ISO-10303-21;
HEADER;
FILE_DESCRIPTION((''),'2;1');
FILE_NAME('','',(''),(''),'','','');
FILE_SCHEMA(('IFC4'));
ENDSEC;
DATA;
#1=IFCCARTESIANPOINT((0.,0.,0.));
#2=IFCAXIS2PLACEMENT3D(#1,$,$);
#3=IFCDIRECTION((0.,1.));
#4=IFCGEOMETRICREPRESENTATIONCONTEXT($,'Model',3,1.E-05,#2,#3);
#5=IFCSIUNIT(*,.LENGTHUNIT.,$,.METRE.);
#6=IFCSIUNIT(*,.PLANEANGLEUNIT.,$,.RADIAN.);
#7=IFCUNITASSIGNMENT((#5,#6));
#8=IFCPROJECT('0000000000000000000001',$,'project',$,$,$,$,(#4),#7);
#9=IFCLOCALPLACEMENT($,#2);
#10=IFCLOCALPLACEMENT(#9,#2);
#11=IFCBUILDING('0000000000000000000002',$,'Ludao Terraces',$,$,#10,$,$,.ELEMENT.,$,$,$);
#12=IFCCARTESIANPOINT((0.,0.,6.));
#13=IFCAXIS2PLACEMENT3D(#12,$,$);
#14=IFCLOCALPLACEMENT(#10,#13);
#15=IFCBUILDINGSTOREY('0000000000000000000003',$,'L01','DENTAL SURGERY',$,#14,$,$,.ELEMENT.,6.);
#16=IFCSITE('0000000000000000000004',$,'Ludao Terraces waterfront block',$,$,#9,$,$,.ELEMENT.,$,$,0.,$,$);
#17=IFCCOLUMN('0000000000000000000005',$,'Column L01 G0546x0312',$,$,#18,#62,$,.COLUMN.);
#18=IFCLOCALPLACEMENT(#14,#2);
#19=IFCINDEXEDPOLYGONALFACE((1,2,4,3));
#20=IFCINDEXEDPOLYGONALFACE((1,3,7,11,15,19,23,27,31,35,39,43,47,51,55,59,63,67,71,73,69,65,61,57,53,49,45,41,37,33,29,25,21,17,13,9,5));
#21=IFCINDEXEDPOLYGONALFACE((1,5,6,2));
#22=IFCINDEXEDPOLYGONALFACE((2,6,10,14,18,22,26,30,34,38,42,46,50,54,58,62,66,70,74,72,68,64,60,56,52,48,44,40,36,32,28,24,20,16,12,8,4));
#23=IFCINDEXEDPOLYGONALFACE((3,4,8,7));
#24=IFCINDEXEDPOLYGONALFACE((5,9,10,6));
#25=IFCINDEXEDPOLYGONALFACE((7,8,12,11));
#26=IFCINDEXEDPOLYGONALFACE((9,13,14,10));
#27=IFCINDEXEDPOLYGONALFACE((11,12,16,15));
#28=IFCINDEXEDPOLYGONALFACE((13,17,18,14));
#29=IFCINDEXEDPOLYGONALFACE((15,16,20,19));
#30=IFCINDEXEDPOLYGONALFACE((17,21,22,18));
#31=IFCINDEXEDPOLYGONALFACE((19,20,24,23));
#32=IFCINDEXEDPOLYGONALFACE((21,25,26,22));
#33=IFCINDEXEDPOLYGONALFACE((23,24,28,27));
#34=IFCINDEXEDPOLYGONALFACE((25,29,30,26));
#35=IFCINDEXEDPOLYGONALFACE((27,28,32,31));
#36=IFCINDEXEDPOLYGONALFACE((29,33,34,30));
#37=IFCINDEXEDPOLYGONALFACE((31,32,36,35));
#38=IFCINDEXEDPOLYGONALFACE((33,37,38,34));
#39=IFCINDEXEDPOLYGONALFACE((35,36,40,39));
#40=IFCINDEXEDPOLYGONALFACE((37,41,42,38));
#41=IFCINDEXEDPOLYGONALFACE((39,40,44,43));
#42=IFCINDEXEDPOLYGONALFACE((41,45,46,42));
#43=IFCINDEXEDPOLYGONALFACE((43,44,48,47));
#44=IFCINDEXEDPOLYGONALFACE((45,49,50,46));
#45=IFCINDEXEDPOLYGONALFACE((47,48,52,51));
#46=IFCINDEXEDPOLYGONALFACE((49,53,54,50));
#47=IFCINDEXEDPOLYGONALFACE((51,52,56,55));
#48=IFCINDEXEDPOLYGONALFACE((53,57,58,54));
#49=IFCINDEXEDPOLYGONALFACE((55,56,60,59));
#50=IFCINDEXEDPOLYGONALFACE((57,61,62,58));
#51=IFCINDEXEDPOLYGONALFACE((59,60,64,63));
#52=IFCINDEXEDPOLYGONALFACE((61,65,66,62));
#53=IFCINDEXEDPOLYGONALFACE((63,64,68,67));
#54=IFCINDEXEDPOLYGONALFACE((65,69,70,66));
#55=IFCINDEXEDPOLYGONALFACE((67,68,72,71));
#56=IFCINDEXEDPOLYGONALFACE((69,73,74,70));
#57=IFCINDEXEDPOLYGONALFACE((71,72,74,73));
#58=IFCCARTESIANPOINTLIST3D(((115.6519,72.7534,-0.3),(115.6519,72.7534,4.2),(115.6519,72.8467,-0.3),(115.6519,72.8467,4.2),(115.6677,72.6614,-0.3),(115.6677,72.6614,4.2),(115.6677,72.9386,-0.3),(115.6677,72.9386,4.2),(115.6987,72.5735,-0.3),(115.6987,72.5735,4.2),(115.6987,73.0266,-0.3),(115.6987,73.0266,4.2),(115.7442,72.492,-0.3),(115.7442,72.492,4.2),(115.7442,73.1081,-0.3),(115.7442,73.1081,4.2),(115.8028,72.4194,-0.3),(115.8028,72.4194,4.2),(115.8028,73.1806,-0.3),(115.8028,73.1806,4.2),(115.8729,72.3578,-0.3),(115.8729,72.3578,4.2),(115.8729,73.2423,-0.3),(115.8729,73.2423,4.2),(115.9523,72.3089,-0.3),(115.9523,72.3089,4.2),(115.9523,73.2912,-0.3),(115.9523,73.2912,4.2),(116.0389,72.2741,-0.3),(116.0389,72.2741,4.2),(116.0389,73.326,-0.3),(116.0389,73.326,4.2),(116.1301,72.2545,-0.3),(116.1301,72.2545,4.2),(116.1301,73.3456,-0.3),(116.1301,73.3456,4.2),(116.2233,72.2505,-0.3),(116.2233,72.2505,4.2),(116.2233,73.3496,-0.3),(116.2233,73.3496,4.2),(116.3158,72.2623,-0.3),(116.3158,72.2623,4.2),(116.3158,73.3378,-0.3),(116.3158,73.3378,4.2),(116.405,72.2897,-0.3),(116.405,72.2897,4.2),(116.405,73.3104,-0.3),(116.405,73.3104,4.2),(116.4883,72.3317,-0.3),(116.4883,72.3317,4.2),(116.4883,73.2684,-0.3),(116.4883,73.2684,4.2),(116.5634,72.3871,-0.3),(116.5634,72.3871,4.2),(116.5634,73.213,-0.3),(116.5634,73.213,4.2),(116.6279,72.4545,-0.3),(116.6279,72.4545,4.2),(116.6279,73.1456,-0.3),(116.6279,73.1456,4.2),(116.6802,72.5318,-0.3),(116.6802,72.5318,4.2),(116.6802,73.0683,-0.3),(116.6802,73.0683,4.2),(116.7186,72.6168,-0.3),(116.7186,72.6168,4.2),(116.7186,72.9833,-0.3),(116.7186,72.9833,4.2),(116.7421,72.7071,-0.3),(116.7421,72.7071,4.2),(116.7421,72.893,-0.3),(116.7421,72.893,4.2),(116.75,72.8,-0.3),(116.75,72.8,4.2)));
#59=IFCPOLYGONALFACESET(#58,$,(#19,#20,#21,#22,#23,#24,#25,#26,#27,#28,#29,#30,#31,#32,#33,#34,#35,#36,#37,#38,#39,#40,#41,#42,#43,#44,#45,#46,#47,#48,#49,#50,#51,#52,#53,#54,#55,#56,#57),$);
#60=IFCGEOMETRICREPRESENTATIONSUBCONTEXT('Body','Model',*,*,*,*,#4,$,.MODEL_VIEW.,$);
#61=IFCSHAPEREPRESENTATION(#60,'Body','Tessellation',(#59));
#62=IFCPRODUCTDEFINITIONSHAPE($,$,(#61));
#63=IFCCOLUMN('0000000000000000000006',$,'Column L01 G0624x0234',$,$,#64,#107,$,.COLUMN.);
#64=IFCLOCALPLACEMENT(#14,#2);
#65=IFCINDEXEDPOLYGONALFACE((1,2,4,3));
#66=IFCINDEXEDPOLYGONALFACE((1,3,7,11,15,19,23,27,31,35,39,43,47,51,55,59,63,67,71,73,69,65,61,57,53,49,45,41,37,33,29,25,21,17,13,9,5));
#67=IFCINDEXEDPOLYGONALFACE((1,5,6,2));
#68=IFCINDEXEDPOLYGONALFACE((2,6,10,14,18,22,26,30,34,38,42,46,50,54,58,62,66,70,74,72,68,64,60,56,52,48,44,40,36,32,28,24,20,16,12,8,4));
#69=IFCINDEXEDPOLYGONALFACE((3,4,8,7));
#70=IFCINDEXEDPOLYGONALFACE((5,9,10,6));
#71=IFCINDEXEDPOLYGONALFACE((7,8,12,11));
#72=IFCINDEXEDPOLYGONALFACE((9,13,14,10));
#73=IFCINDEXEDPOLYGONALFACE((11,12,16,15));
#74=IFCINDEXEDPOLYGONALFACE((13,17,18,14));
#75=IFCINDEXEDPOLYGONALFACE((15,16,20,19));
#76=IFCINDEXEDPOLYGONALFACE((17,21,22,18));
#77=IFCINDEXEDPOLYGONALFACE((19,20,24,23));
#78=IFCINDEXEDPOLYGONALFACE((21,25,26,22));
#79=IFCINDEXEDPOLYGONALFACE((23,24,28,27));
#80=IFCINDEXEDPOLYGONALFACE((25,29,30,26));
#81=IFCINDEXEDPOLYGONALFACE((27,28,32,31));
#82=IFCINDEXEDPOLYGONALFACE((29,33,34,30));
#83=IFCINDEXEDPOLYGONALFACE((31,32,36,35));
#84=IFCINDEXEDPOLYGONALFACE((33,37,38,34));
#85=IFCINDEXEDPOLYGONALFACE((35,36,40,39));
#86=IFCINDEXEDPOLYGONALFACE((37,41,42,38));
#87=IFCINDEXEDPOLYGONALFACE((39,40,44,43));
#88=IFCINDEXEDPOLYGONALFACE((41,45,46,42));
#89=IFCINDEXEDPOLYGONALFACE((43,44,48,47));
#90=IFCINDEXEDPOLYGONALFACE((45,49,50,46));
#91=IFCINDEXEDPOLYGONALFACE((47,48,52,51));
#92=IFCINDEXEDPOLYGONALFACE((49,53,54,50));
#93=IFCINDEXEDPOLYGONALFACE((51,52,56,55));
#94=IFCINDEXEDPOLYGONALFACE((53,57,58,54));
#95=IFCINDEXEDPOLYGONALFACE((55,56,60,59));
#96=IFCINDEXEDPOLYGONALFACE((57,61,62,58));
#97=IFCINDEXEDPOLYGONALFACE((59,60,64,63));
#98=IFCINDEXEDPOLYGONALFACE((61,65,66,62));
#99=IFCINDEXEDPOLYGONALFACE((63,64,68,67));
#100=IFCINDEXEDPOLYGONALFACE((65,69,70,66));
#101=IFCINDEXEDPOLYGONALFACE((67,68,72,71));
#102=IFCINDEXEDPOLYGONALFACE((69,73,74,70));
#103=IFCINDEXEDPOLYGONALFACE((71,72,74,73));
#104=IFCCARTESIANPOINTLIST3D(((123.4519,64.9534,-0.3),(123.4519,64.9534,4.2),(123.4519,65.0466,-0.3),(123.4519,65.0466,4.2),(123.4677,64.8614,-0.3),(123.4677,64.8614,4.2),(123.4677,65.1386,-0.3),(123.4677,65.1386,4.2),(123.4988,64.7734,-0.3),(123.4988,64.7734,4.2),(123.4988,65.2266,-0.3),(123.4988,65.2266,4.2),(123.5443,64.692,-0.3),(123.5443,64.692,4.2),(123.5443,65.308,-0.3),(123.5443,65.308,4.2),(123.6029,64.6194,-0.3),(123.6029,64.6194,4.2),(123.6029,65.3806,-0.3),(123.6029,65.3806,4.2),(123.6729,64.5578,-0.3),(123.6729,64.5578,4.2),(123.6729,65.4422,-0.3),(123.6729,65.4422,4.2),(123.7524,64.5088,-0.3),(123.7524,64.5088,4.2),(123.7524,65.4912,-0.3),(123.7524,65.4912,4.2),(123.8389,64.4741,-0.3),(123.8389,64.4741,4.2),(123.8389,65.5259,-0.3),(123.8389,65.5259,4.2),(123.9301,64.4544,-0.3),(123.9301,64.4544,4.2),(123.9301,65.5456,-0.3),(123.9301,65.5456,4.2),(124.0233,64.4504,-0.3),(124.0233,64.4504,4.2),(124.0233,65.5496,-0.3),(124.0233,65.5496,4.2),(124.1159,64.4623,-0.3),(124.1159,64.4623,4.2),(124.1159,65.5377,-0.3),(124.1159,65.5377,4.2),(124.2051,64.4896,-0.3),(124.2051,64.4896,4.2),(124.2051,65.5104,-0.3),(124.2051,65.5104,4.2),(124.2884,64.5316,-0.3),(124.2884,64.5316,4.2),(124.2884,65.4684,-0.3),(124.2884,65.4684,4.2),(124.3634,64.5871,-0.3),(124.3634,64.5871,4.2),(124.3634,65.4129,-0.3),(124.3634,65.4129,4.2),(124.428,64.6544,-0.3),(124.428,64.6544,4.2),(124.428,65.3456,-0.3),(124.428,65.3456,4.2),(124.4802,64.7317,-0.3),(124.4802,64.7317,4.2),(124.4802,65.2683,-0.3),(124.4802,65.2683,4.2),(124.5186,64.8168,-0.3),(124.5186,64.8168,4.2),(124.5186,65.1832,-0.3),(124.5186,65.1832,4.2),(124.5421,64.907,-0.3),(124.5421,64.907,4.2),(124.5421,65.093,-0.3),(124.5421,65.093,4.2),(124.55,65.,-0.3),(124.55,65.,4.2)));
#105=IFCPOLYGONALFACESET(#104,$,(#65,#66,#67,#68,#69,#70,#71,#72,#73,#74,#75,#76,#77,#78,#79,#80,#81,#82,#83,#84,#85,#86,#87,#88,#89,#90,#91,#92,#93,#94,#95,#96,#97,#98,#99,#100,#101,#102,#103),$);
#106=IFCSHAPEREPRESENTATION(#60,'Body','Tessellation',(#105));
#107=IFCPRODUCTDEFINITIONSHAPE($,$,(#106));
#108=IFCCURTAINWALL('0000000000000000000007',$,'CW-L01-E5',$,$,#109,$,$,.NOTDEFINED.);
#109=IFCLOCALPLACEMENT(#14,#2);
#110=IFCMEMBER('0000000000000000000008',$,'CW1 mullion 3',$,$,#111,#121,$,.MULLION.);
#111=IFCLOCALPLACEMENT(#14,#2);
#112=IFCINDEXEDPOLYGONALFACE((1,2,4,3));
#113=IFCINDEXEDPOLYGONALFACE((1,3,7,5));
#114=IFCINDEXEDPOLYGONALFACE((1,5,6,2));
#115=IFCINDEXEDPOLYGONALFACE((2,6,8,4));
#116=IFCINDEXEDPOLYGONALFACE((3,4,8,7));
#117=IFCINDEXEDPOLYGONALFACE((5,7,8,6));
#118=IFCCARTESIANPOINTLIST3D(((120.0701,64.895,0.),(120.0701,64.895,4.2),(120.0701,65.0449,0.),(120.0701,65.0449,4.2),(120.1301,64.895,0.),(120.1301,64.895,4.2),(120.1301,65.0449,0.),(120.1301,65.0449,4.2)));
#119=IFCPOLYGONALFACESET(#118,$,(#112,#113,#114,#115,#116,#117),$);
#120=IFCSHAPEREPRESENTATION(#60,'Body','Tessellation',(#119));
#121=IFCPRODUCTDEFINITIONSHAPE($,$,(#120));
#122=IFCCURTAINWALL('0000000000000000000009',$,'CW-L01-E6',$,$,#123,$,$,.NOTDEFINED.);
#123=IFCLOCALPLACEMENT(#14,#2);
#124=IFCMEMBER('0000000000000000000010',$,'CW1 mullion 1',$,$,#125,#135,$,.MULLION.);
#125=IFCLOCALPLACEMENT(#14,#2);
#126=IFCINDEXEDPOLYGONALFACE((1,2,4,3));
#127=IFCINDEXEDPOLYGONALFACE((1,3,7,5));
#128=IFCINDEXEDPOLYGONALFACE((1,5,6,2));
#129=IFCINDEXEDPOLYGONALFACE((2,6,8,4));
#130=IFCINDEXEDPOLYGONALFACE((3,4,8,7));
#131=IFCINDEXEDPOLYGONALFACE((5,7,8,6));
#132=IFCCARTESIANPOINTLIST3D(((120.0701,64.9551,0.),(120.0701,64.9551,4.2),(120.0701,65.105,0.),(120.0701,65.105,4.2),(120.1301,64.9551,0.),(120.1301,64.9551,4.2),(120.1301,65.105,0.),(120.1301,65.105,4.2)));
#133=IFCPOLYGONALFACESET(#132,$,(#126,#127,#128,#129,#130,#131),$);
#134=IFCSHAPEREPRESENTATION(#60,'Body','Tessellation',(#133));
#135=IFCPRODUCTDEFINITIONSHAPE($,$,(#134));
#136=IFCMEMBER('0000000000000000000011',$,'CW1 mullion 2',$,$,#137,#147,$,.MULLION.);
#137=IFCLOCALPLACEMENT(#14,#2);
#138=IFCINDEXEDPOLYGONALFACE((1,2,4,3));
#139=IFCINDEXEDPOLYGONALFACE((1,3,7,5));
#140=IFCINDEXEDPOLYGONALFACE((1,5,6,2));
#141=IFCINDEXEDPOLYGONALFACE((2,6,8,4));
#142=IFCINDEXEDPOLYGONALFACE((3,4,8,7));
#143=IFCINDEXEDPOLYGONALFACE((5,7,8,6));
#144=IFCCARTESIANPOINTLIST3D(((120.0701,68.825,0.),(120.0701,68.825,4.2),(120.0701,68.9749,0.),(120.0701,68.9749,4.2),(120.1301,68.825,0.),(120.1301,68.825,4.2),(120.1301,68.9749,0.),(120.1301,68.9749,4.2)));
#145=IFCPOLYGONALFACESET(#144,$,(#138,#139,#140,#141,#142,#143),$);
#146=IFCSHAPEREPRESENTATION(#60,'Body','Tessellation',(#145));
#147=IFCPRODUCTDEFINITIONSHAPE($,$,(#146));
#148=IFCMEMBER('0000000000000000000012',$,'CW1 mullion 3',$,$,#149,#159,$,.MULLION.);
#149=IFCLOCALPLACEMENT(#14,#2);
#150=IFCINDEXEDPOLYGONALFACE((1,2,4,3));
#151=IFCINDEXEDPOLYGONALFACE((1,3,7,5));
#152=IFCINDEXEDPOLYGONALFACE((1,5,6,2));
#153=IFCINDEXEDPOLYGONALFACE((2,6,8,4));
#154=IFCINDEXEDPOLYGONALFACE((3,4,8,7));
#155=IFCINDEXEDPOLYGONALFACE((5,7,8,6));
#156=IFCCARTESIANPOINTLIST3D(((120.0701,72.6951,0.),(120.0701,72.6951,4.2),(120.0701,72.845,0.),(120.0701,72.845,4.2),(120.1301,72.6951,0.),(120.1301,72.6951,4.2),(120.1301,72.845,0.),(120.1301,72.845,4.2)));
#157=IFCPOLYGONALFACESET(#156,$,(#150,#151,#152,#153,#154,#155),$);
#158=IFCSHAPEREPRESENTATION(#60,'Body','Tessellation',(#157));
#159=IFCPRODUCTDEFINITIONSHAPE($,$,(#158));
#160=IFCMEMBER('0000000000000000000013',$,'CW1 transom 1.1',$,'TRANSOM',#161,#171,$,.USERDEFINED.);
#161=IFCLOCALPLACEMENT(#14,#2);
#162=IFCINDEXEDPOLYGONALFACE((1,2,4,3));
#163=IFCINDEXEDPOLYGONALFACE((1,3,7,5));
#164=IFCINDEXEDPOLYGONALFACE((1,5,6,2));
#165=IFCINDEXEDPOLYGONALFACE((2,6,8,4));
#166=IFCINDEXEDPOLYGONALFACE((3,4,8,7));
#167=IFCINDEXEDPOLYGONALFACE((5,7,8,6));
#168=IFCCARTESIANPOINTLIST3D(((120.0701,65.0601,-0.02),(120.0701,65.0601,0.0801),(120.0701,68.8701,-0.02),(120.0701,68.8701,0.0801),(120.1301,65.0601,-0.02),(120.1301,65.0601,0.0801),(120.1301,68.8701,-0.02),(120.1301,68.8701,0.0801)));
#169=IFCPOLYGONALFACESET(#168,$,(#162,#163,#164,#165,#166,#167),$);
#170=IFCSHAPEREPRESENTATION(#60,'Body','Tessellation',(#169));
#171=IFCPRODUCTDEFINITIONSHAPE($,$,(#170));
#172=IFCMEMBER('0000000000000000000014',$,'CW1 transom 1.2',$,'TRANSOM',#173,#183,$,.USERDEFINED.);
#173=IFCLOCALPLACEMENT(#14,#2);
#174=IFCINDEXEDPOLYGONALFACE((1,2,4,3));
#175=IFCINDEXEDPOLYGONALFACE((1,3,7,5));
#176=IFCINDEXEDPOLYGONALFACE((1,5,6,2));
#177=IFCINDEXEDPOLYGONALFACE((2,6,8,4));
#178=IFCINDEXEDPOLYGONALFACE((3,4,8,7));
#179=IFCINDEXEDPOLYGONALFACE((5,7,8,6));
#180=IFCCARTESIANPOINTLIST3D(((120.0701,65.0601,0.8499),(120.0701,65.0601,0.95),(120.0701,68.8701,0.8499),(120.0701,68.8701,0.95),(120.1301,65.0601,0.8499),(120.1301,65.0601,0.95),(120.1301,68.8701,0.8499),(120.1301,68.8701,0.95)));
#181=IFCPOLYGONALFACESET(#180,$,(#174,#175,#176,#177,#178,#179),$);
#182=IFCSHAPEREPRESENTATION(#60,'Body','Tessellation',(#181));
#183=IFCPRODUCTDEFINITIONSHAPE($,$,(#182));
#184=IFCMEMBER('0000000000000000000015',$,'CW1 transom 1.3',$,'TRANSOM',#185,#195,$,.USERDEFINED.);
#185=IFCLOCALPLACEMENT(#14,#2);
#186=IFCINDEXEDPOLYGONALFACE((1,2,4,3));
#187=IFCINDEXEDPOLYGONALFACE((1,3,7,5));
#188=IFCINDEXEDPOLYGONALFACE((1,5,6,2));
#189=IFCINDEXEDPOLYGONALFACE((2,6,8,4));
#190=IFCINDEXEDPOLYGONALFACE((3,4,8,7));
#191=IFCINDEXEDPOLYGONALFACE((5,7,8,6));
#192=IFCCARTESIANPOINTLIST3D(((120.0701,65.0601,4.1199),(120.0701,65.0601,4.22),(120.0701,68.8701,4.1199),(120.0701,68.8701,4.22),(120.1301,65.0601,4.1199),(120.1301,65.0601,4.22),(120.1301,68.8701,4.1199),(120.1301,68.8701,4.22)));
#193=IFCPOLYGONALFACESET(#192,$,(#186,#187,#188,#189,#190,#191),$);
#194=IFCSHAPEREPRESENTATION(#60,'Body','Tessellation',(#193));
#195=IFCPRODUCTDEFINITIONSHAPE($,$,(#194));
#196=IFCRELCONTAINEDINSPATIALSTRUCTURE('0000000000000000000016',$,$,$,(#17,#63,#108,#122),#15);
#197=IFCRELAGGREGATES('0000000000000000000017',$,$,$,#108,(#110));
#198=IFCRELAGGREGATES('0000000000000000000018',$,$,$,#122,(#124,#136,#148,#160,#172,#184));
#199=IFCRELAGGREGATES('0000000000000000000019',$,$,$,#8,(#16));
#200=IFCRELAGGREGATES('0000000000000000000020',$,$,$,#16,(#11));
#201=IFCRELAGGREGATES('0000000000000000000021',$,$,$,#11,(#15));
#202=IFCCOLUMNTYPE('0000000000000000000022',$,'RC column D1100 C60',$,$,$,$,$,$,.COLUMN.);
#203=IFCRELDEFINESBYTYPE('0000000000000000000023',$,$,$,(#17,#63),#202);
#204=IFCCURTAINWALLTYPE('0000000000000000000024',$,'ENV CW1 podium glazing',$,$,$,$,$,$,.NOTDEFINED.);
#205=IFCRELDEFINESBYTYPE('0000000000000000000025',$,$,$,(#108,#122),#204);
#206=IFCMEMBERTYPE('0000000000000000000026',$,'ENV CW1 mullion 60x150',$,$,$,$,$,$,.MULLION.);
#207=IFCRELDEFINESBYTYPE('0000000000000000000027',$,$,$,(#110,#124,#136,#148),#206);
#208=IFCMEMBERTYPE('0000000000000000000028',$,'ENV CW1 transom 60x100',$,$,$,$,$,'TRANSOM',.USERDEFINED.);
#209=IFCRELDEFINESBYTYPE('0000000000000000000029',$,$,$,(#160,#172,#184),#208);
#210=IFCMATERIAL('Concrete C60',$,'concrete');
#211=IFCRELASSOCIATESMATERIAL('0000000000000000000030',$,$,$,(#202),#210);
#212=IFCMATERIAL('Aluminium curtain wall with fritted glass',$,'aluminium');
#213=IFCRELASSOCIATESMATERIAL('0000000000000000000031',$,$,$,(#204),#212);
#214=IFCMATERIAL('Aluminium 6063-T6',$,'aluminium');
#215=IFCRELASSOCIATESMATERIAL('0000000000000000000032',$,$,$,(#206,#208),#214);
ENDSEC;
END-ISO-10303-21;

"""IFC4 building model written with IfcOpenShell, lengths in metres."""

from ifc_helpers import new_model, si_unit, direction, frame, origin, origin_2d, place, context, subcontext, project, spatial, rectangle, circle, extrude, material, material_profile, profile_set, type_object, element, aggregate, save


model = new_model("IFC4")

# Units and contexts
model_context = context("Model", 3, precision=1e-05, world=origin(), true_north=direction((0.0, 1.0)))
body_context = subcontext(model_context, "Body", "Model", "MODEL_VIEW")
ifc_project = project(units=[si_unit("LENGTHUNIT", "METRE"), si_unit("PLANEANGLEUNIT", "RADIAN")], contexts=[model_context])

# Site, building, storey
site_placement = place(None, origin())
site = spatial("IfcSite", under=ifc_project, at=site_placement, Name="Ludao Terraces waterfront block", CompositionType="ELEMENT", RefElevation=0.0)
building_placement = place(site_placement, origin())
building = spatial("IfcBuilding", under=site, at=building_placement, Name="Ludao Terraces", CompositionType="ELEMENT")
storey_placement = place(building_placement, frame((0.0, 0.0, 6.0)))
storey = spatial("IfcBuildingStorey", under=building, at=storey_placement, Name="L01", Description="DENTAL SURGERY", CompositionType="ELEMENT", Elevation=6.0)

# Columns
ifc_material_1 = material(Name="Concrete C60", Category="concrete")
ifc_material_profile_1 = material_profile(ifc_material_1, circle(Radius=0.55, at=origin_2d()), Name="D1100")
ifc_profile_set_1 = profile_set([ifc_material_profile_1], Name="Concrete C60")
column_type = type_object("IfcColumnType", Name="RC column D1100 C60", PredefinedType="COLUMN", material=ifc_profile_set_1)
for number, where, z_axis, x_axis, name in (
    (1, (116.2, 72.8, -0.3), (0.0, 0.0, 1.0), (1.0, 0.0, 0.0), "Column L01 G0546x0312"),
    (2, (124.0, 65.0, -0.3), (0.0, 0.0, 1.0), (1.0, 0.0, 0.0), "Column L01 G0624x0234"),
):
    element("IfcColumn", number, at=place(storey_placement, frame(where, z_axis=z_axis, x_axis=x_axis)), inside=storey, type_object=column_type, Name=name, PredefinedType="COLUMN", context=body_context, shape_type="SweptSolid", body=[
        extrude(circle(Radius=0.55, at=origin_2d()), origin(), (0.0, 0.0, 1.0), 4.5),
    ])

# Curtain wall, member
ifc_material_2 = material(Name="Aluminium curtain wall with fritted glass", Category="aluminium")
curtain_wall_type = type_object("IfcCurtainWallType", Name="ENV CW1 podium glazing", PredefinedType="NOTDEFINED", material=ifc_material_2)
curtain_wall_1_placement = place(storey_placement, origin())
curtain_wall_1 = element("IfcCurtainWall", 3, at=curtain_wall_1_placement, inside=storey, type_object=curtain_wall_type, Name="CW-L01-E5", PredefinedType="NOTDEFINED")
ifc_material_3 = material(Name="Aluminium 6063-T6", Category="aluminium")
ifc_material_profile_2 = material_profile(ifc_material_3, rectangle(XDim=0.0601, YDim=0.1499, at=origin_2d()), Name="60 X 150")
ifc_profile_set_2 = profile_set([ifc_material_profile_2], Name="Aluminium 6063-T6")
member_type_1 = type_object("IfcMemberType", Name="ENV CW1 mullion 60x150", PredefinedType="MULLION", material=ifc_profile_set_2)
member_1_placement = place(storey_placement, frame((120.1001, 64.97, 0.0), z_axis=(0.0, 0.0, 1.0), x_axis=(-1.0, 0.0, 0.0)))
member_1 = element("IfcMember", 4, at=member_1_placement, type_object=member_type_1, Name="CW1 mullion 3", PredefinedType="MULLION", context=body_context, shape_type="SweptSolid", body=[
    extrude(rectangle(XDim=0.0601, YDim=0.1499, at=origin_2d()), origin(), (0.0, 0.0, 1.0), 4.2),
])

# Curtain wall, members
curtain_wall_2_placement = place(storey_placement, origin())
curtain_wall_2 = element("IfcCurtainWall", 5, at=curtain_wall_2_placement, inside=storey, type_object=curtain_wall_type, Name="CW-L01-E6", PredefinedType="NOTDEFINED")
member_2_placement = place(storey_placement, frame((120.1001, 65.03, 0.0), z_axis=(0.0, 0.0, 1.0), x_axis=(-1.0, 0.0, 0.0)))
member_2 = element("IfcMember", 6, at=member_2_placement, type_object=member_type_1, Name="CW1 mullion 1", PredefinedType="MULLION", context=body_context, shape_type="SweptSolid", body=[
    extrude(rectangle(XDim=0.0601, YDim=0.1499, at=origin_2d()), origin(), (0.0, 0.0, 1.0), 4.2),
])
member_3_placement = place(storey_placement, frame((120.1001, 68.8999, 0.0), z_axis=(0.0, 0.0, 1.0), x_axis=(-1.0, 0.0, 0.0)))
member_3 = element("IfcMember", 7, at=member_3_placement, type_object=member_type_1, Name="CW1 mullion 2", PredefinedType="MULLION", context=body_context, shape_type="SweptSolid", body=[
    extrude(rectangle(XDim=0.0601, YDim=0.1499, at=origin_2d()), origin(), (0.0, 0.0, 1.0), 4.2),
])
member_4_placement = place(storey_placement, frame((120.1001, 72.77, 0.0), z_axis=(0.0, 0.0, 1.0), x_axis=(-1.0, 0.0, 0.0)))
member_4 = element("IfcMember", 8, at=member_4_placement, type_object=member_type_1, Name="CW1 mullion 3", PredefinedType="MULLION", context=body_context, shape_type="SweptSolid", body=[
    extrude(rectangle(XDim=0.0601, YDim=0.1499, at=origin_2d()), origin(), (0.0, 0.0, 1.0), 4.2),
])
ifc_material_profile_3 = material_profile(ifc_material_3, rectangle(XDim=0.0601, YDim=0.1001, at=origin_2d()), Name="60 X 100")
ifc_profile_set_3 = profile_set([ifc_material_profile_3], Name="Aluminium 6063-T6")
member_type_2 = type_object("IfcMemberType", Name="ENV CW1 transom 60x100", ElementType="TRANSOM", PredefinedType="USERDEFINED", material=ifc_profile_set_3)
member_5_placement = place(storey_placement, frame((120.1001, 65.0601, 0.03), z_axis=(0.0, 1.0, 0.0), x_axis=(-1.0, 0.0, 0.0)))
member_5 = element("IfcMember", 9, at=member_5_placement, type_object=member_type_2, Name="CW1 transom 1.1", ObjectType="TRANSOM", PredefinedType="USERDEFINED", context=body_context, shape_type="SweptSolid", body=[
    extrude(rectangle(XDim=0.0601, YDim=0.1001, at=origin_2d()), origin(), (0.0, 0.0, 1.0), 3.8101),
])
member_6_placement = place(storey_placement, frame((120.1001, 65.0601, 0.8999), z_axis=(0.0, 1.0, 0.0), x_axis=(-1.0, 0.0, 0.0)))
member_6 = element("IfcMember", 10, at=member_6_placement, type_object=member_type_2, Name="CW1 transom 1.2", ObjectType="TRANSOM", PredefinedType="USERDEFINED", context=body_context, shape_type="SweptSolid", body=[
    extrude(rectangle(XDim=0.0601, YDim=0.1001, at=origin_2d()), origin(), (0.0, 0.0, 1.0), 3.8101),
])
member_7_placement = place(storey_placement, frame((120.1001, 65.0601, 4.1699), z_axis=(0.0, 1.0, 0.0), x_axis=(-1.0, 0.0, 0.0)))
member_7 = element("IfcMember", 11, at=member_7_placement, type_object=member_type_2, Name="CW1 transom 1.3", ObjectType="TRANSOM", PredefinedType="USERDEFINED", context=body_context, shape_type="SweptSolid", body=[
    extrude(rectangle(XDim=0.0601, YDim=0.1001, at=origin_2d()), origin(), (0.0, 0.0, 1.0), 3.8101),
])

aggregate(curtain_wall_1, [member_1])
aggregate(curtain_wall_2, [member_2, member_3, member_4, member_5, member_6, member_7])

save(model, "model.ifc")
